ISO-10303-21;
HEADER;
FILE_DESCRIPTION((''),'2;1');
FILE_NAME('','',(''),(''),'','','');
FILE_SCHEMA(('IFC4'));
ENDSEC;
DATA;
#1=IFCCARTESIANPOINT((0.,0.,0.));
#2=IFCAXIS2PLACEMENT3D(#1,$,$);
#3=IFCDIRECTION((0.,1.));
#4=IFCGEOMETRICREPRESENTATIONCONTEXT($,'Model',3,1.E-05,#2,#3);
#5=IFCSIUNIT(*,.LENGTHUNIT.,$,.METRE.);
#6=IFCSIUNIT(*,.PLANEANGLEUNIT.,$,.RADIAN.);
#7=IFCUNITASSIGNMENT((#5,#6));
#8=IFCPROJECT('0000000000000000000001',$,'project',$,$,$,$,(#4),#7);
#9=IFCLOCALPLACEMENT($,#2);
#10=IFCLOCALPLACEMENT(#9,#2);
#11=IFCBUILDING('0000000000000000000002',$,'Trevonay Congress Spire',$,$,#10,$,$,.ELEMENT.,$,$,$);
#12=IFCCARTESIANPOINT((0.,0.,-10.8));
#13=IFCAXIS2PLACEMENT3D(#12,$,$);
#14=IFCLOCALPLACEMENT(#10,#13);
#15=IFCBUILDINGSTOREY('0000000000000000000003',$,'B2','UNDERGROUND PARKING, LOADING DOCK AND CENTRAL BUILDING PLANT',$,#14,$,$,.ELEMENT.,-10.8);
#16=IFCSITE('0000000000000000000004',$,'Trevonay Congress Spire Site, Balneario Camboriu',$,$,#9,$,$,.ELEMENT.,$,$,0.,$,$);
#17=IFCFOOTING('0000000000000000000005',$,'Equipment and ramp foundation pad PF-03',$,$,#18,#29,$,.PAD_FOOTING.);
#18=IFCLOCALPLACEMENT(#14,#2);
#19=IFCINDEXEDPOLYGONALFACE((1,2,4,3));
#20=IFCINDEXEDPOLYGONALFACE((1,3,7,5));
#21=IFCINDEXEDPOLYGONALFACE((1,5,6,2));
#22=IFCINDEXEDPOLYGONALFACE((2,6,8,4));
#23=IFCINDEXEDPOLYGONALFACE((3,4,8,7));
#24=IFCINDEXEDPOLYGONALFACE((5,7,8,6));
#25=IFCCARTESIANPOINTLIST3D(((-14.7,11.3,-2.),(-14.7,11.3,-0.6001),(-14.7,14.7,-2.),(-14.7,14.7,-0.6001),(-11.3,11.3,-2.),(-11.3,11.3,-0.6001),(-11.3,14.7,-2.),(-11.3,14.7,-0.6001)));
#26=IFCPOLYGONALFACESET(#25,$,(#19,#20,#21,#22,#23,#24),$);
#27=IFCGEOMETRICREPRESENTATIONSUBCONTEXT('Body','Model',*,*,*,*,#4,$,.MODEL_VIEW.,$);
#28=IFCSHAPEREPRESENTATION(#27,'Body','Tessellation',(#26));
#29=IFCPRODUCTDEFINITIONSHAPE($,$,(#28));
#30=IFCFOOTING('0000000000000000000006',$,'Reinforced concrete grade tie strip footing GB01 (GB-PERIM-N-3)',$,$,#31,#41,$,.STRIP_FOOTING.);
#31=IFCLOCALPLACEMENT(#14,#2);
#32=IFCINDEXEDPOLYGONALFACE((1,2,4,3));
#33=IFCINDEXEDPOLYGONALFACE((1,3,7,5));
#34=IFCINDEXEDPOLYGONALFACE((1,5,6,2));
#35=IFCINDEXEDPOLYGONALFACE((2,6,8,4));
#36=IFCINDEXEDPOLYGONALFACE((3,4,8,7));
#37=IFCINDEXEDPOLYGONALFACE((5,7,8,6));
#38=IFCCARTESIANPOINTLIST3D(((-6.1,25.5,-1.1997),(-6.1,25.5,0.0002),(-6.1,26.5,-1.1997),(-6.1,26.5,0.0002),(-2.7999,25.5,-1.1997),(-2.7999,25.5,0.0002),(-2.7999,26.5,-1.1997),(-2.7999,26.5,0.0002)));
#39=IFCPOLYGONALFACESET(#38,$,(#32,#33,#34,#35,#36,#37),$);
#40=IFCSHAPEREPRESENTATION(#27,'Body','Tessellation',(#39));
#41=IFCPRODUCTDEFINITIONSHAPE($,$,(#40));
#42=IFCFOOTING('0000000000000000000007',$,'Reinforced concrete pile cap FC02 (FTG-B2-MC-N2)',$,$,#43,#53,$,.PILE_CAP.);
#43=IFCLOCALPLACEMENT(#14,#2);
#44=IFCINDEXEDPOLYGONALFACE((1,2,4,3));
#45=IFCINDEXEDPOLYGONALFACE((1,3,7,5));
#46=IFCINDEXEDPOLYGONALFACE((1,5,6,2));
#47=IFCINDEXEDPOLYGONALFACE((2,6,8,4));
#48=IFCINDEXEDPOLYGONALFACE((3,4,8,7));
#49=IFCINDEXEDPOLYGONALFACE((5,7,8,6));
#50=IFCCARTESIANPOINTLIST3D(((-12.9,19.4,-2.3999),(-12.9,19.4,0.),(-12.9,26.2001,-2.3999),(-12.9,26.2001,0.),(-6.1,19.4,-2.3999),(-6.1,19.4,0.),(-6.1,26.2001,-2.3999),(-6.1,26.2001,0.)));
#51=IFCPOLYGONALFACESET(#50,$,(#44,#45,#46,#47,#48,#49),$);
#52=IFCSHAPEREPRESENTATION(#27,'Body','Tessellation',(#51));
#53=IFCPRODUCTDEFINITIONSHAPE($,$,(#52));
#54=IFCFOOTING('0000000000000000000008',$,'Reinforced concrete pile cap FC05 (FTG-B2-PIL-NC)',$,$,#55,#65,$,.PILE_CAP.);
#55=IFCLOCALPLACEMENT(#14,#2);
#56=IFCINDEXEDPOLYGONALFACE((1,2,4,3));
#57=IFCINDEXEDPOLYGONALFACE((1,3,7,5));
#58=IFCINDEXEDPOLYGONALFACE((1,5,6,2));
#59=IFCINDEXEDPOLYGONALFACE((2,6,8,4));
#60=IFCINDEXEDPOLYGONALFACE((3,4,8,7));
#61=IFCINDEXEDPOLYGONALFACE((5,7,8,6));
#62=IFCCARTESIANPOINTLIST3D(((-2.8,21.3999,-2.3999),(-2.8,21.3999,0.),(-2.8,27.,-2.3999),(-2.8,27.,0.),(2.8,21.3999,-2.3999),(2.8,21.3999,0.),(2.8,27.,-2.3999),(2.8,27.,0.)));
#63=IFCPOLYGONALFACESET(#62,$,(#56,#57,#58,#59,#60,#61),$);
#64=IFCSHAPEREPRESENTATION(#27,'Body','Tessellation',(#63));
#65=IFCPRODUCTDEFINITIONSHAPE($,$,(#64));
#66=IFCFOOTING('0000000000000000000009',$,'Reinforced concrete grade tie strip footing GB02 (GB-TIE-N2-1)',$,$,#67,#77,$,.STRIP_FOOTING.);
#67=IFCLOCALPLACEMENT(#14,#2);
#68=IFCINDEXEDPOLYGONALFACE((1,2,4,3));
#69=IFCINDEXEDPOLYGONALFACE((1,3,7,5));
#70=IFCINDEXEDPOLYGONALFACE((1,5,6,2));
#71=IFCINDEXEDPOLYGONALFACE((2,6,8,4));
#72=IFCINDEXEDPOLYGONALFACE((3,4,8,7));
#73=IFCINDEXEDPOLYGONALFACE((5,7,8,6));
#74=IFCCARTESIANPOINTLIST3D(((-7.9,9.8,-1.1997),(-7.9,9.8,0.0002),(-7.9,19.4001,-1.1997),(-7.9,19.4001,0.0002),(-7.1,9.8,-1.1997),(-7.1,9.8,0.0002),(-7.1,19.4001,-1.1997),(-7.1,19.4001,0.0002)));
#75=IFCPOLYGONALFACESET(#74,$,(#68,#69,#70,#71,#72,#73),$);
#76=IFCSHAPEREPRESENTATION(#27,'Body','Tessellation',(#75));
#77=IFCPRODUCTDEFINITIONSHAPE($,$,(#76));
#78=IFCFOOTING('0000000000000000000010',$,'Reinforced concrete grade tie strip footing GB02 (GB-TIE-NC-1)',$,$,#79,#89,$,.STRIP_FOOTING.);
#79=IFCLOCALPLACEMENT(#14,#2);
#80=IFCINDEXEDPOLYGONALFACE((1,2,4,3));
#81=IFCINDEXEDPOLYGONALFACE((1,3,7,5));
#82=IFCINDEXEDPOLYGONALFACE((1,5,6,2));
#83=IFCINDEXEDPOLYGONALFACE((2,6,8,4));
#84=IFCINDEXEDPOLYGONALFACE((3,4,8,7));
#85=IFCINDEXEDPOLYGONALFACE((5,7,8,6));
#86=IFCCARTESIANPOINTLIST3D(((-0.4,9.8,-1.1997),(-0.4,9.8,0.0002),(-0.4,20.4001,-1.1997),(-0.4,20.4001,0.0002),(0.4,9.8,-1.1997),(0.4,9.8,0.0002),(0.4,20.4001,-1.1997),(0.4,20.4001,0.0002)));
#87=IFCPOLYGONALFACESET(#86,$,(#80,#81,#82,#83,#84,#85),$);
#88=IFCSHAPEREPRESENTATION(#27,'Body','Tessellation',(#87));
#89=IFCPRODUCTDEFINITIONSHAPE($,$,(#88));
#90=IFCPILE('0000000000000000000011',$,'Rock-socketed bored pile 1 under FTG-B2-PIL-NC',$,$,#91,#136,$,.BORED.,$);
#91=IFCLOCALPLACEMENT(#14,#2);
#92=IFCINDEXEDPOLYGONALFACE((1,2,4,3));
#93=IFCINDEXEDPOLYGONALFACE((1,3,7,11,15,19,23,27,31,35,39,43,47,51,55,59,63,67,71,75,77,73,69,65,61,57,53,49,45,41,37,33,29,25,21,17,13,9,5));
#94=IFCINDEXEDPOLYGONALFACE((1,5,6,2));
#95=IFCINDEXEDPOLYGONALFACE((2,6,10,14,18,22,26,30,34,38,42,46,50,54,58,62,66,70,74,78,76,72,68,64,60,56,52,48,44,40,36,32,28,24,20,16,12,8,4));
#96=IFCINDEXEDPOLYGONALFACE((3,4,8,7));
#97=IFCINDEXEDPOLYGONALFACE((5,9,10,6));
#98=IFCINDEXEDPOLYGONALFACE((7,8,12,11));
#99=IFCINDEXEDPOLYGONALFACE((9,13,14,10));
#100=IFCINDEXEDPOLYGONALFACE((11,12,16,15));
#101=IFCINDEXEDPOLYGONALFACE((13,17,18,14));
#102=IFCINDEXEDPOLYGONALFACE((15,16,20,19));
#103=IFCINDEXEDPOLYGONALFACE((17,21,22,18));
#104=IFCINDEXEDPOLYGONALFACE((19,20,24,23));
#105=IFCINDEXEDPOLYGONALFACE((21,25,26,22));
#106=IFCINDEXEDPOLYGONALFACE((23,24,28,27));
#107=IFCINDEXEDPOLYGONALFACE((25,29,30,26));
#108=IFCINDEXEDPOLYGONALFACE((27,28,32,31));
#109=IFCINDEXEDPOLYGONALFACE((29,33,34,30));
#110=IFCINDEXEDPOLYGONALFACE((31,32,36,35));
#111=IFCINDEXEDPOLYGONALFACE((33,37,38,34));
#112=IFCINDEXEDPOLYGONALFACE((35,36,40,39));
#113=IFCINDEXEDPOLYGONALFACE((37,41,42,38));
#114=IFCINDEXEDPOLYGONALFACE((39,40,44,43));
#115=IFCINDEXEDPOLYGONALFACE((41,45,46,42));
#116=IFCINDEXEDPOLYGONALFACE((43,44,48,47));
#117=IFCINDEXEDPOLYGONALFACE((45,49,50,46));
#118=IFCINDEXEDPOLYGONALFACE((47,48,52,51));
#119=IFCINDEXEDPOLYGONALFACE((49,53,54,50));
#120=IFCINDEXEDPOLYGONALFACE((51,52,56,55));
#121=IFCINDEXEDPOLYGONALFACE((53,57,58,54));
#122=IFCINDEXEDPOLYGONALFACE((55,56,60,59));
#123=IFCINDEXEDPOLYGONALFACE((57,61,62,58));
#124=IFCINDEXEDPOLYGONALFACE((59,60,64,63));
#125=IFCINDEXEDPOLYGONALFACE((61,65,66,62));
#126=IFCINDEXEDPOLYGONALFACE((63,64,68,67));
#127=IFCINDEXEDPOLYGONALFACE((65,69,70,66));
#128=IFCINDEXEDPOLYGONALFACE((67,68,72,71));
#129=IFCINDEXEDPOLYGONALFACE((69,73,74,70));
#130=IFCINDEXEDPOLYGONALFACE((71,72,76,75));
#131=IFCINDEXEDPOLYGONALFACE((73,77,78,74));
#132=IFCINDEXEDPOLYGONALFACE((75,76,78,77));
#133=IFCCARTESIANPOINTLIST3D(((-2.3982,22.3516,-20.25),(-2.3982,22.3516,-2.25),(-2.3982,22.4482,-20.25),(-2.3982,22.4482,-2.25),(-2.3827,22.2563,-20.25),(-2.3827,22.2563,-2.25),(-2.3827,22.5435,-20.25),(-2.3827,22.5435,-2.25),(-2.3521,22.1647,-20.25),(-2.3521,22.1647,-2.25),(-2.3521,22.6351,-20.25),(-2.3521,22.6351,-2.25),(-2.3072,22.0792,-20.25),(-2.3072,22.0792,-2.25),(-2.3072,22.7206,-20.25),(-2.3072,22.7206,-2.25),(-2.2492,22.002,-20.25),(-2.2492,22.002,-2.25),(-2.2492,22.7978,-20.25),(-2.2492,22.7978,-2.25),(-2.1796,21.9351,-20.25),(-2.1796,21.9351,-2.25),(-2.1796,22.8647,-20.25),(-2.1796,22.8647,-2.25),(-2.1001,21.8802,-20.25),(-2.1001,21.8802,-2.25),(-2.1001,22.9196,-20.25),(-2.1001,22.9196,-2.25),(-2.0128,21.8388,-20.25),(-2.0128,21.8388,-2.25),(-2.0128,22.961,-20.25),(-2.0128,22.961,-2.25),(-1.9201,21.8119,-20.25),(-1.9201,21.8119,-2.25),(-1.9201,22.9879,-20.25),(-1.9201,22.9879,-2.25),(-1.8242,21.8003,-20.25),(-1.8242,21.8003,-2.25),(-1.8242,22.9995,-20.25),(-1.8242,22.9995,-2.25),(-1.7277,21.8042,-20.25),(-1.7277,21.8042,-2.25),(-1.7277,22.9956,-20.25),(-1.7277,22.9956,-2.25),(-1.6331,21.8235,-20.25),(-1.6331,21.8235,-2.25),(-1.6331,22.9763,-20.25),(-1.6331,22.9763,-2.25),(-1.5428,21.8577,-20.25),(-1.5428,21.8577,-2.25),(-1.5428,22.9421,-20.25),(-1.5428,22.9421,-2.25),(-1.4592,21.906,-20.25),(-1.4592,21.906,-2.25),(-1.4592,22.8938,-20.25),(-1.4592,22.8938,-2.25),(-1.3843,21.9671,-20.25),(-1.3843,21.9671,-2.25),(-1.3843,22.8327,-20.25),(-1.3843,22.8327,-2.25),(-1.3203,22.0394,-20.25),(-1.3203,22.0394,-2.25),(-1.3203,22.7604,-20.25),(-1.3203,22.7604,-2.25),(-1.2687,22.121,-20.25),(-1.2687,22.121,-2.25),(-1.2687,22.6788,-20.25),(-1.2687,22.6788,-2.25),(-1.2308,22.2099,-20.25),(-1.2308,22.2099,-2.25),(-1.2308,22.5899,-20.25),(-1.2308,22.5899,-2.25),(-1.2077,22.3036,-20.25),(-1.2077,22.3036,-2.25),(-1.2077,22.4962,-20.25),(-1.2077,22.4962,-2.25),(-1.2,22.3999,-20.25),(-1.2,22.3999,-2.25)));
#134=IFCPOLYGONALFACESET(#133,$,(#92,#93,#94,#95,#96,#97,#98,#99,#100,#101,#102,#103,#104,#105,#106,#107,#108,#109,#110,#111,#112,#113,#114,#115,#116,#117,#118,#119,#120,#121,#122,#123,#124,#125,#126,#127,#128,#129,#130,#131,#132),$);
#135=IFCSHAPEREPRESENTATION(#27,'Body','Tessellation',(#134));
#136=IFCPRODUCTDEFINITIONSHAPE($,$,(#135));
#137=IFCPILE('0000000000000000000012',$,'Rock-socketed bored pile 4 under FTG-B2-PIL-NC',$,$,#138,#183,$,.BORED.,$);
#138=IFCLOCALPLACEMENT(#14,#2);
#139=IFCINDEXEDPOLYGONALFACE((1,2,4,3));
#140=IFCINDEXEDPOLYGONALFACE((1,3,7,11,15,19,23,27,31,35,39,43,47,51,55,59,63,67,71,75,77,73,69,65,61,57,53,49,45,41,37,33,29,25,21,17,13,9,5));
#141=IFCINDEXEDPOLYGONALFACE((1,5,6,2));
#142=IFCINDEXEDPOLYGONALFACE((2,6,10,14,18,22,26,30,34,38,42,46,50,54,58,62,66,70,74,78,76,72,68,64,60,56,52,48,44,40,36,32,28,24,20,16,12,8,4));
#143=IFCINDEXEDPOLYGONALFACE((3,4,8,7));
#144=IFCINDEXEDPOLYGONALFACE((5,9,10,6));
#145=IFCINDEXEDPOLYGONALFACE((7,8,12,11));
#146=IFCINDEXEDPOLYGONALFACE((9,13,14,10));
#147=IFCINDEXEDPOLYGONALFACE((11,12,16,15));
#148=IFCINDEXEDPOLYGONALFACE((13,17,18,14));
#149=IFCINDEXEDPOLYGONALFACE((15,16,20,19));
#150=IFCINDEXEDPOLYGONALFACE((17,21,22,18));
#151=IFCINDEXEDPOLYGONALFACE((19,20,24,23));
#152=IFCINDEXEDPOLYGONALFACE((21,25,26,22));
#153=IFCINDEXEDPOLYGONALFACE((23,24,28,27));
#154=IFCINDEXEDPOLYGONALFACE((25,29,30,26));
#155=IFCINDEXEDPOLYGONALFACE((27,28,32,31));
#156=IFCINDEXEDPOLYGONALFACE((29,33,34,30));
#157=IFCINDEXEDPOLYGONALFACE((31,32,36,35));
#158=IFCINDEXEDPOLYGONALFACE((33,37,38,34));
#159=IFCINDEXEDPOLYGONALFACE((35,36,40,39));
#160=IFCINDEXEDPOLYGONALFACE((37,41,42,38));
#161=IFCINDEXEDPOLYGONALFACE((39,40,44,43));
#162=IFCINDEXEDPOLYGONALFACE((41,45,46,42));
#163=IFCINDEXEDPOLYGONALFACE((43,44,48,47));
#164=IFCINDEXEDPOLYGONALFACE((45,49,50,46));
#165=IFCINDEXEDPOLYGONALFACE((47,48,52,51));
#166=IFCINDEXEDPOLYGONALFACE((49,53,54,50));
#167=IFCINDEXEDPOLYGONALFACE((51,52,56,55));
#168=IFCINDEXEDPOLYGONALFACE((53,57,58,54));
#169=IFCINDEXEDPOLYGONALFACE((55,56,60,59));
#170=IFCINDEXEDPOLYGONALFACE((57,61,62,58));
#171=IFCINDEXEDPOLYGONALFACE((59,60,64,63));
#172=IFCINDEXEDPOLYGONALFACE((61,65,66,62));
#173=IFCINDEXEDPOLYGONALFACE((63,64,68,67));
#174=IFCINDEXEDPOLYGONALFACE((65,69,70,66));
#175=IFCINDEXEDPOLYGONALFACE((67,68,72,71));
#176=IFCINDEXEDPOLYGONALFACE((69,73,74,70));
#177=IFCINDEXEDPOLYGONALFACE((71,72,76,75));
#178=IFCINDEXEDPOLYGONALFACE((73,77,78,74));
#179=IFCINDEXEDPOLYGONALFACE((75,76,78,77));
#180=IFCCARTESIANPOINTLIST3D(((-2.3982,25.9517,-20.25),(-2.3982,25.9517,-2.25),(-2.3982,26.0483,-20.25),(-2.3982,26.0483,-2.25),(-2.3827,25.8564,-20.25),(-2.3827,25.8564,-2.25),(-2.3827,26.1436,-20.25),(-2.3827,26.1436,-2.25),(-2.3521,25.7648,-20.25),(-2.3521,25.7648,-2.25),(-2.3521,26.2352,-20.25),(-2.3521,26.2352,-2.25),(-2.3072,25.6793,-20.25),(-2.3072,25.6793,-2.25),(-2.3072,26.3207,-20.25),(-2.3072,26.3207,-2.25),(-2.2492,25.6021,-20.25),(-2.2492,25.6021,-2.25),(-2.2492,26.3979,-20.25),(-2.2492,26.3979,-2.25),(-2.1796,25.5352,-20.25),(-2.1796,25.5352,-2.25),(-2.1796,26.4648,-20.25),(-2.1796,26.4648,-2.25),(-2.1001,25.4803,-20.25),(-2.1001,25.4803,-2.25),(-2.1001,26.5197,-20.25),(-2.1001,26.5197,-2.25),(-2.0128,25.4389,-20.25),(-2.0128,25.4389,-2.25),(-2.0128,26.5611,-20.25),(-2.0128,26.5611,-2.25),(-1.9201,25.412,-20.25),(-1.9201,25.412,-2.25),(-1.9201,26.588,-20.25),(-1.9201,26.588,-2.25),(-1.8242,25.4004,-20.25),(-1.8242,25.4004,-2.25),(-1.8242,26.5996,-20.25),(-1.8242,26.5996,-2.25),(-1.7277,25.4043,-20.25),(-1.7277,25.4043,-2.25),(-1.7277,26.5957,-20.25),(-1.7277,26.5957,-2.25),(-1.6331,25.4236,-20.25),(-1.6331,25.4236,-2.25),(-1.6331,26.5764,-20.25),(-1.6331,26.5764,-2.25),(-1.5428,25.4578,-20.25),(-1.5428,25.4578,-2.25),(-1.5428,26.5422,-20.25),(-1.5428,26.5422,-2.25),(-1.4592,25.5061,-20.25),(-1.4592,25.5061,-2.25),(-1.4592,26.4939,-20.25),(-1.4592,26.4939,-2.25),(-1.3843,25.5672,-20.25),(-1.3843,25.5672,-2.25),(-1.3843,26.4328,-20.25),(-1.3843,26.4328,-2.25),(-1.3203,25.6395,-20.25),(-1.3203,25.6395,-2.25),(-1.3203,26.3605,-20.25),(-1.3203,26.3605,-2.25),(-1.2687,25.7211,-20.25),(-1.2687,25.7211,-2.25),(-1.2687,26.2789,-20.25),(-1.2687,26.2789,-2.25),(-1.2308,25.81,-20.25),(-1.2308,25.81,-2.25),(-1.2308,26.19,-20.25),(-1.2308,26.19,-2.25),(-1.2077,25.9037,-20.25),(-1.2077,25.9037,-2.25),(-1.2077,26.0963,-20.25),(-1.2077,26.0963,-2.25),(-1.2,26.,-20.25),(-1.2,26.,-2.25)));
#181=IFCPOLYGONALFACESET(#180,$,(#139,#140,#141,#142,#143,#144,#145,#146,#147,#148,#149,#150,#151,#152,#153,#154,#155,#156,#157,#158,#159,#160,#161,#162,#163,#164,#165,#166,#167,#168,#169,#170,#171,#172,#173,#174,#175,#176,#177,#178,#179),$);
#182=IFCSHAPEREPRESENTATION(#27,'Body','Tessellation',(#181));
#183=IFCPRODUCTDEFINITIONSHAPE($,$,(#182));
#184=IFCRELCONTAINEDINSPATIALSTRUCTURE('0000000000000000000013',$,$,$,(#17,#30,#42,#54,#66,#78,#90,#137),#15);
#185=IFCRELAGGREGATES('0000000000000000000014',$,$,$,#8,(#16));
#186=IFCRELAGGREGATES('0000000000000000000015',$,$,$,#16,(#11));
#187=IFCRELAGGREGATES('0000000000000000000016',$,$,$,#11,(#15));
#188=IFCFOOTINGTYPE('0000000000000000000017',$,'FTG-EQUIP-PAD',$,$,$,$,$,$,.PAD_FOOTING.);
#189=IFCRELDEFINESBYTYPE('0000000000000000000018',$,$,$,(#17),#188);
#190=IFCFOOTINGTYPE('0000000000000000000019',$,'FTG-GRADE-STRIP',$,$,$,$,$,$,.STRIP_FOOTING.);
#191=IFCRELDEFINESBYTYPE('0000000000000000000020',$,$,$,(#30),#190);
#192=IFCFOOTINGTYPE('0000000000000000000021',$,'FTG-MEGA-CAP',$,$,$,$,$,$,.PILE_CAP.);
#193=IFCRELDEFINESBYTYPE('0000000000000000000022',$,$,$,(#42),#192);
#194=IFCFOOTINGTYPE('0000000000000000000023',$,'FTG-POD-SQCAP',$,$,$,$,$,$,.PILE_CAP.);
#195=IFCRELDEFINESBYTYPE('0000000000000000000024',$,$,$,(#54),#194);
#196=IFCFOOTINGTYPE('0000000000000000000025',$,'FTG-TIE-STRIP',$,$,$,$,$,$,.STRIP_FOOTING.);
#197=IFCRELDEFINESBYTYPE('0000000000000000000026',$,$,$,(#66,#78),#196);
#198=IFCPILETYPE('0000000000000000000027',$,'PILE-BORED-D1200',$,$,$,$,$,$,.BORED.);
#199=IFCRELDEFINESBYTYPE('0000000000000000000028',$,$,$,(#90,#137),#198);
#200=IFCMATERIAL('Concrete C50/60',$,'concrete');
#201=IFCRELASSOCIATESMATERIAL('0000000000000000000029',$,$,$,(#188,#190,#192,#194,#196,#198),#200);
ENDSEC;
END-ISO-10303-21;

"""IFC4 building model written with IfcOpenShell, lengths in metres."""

from ifc_helpers import new_model, si_unit, direction, frame, origin, origin_2d, place, context, subcontext, project, spatial, rectangle, circle, extrude, material, material_profile, profile_set, type_object, element, save


model = new_model("IFC4")

# Units and contexts
model_context = context("Model", 3, precision=1e-05, world=origin(), true_north=direction((0.0, 1.0)))
body_context = subcontext(model_context, "Body", "Model", "MODEL_VIEW")
ifc_project = project(units=[si_unit("LENGTHUNIT", "METRE"), si_unit("PLANEANGLEUNIT", "RADIAN")], contexts=[model_context])

# Site, building, storey
site_placement = place(None, origin())
site = spatial("IfcSite", under=ifc_project, at=site_placement, Name="Trevonay Congress Spire Site, Balneario Camboriu", CompositionType="ELEMENT", RefElevation=0.0)
building_placement = place(site_placement, origin())
building = spatial("IfcBuilding", under=site, at=building_placement, Name="Trevonay Congress Spire", CompositionType="ELEMENT")
storey_placement = place(building_placement, frame((0.0, 0.0, -10.8)))
storey = spatial("IfcBuildingStorey", under=building, at=storey_placement, Name="B2", Description="UNDERGROUND PARKING, LOADING DOCK AND CENTRAL BUILDING PLANT", CompositionType="ELEMENT", Elevation=-10.8)

# Footings
ifc_material_1 = material(Name="Concrete C50/60", Category="concrete")
footing_type_1 = type_object("IfcFootingType", Name="FTG-EQUIP-PAD", PredefinedType="PAD_FOOTING", material=ifc_material_1)
footing_1_placement = place(storey_placement, frame((-13.0, 13.0, -2.0), z_axis=(0.0, 0.0, 1.0), x_axis=(1.0, 0.0, 0.0)))
element("IfcFooting", 1, at=footing_1_placement, inside=storey, type_object=footing_type_1, Name="Equipment and ramp foundation pad PF-03", PredefinedType="PAD_FOOTING", context=body_context, shape_type="SweptSolid", body=[
    extrude(rectangle(XDim=3.3999, YDim=3.3999, at=origin_2d()), origin(), (0.0, 0.0, 1.0), 1.3999),
])
footing_type_2 = type_object("IfcFootingType", Name="FTG-GRADE-STRIP", PredefinedType="STRIP_FOOTING", material=ifc_material_1)
footing_2_placement = place(storey_placement, frame((-4.45, 26.0, -1.1997), z_axis=(0.0, 0.0, 1.0), x_axis=(1.0, 0.0, 0.0)))
element("IfcFooting", 2, at=footing_2_placement, inside=storey, type_object=footing_type_2, Name="Reinforced concrete grade tie strip footing GB01 (GB-PERIM-N-3)", PredefinedType="STRIP_FOOTING", context=body_context, shape_type="SweptSolid", body=[
    extrude(rectangle(XDim=3.3, YDim=1.0, at=origin_2d()), origin(), (0.0, 0.0, 1.0), 1.2),
])
footing_type_3 = type_object("IfcFootingType", Name="FTG-MEGA-CAP", PredefinedType="PILE_CAP", material=ifc_material_1)
footing_3_placement = place(storey_placement, frame((-9.5, 22.8, -2.3999), z_axis=(0.0, 0.0, 1.0), x_axis=(1.0, 0.0, 0.0)))
element("IfcFooting", 3, at=footing_3_placement, inside=storey, type_object=footing_type_3, Name="Reinforced concrete pile cap FC02 (FTG-B2-MC-N2)", PredefinedType="PILE_CAP", context=body_context, shape_type="SweptSolid", body=[
    extrude(rectangle(XDim=6.8, YDim=6.8, at=origin_2d()), origin(), (0.0, 0.0, 1.0), 2.3999),
])
footing_type_4 = type_object("IfcFootingType", Name="FTG-POD-SQCAP", PredefinedType="PILE_CAP", material=ifc_material_1)
footing_4_placement = place(storey_placement, frame((0.0, 24.2, -2.3999), z_axis=(0.0, 0.0, 1.0), x_axis=(1.0, 0.0, 0.0)))
element("IfcFooting", 4, at=footing_4_placement, inside=storey, type_object=footing_type_4, Name="Reinforced concrete pile cap FC05 (FTG-B2-PIL-NC)", PredefinedType="PILE_CAP", context=body_context, shape_type="SweptSolid", body=[
    extrude(rectangle(XDim=5.6001, YDim=5.6001, at=origin_2d()), origin(), (0.0, 0.0, 1.0), 2.3999),
])
footing_type_5 = type_object("IfcFootingType", Name="FTG-TIE-STRIP", PredefinedType="STRIP_FOOTING", material=ifc_material_1)
footing_5_placement = place(storey_placement, frame((-7.5, 14.6001, -1.1997), z_axis=(0.0, 0.0, 1.0), x_axis=(0.0, 1.0, 0.0)))
element("IfcFooting", 5, at=footing_5_placement, inside=storey, type_object=footing_type_5, Name="Reinforced concrete grade tie strip footing GB02 (GB-TIE-N2-1)", PredefinedType="STRIP_FOOTING", context=body_context, shape_type="SweptSolid", body=[
    extrude(rectangle(XDim=9.6001, YDim=0.8, at=origin_2d()), origin(), (0.0, 0.0, 1.0), 1.2),
])
footing_6_placement = place(storey_placement, frame((0.0, 15.1001, -1.1997), z_axis=(0.0, 0.0, 1.0), x_axis=(0.0, 1.0, 0.0)))
element("IfcFooting", 6, at=footing_6_placement, inside=storey, type_object=footing_type_5, Name="Reinforced concrete grade tie strip footing GB02 (GB-TIE-NC-1)", PredefinedType="STRIP_FOOTING", context=body_context, shape_type="SweptSolid", body=[
    extrude(rectangle(XDim=10.6001, YDim=0.8, at=origin_2d()), origin(), (0.0, 0.0, 1.0), 1.2),
])

# Piles
ifc_material_profile_1 = material_profile(ifc_material_1, circle(Radius=0.6001, at=origin_2d()), Name="PILE D1200")
ifc_profile_set_1 = profile_set([ifc_material_profile_1], Name="Concrete C50/60")
pile_type_1 = type_object("IfcPileType", Name="PILE-BORED-D1200", PredefinedType="BORED", material=ifc_profile_set_1)
for number, where, z_axis, x_axis, name in (
    (7, (-1.8, 22.3999, -2.25), (0.0, 0.0, -1.0), (1.0, 0.0, 0.0), "Rock-socketed bored pile 1 under FTG-B2-PIL-NC"),
    (8, (-1.8, 26.0, -2.25), (0.0, 0.0, -1.0), (1.0, 0.0, 0.0), "Rock-socketed bored pile 4 under FTG-B2-PIL-NC"),
):
    element("IfcPile", number, at=place(storey_placement, frame(where, z_axis=z_axis, x_axis=x_axis)), inside=storey, type_object=pile_type_1, Name=name, PredefinedType="BORED", context=body_context, shape_type="SweptSolid", body=[
        extrude(circle(Radius=0.6001, at=origin_2d()), origin(), (0.0, 0.0, 1.0), 18.0),
    ])

save(model, "model.ifc")
